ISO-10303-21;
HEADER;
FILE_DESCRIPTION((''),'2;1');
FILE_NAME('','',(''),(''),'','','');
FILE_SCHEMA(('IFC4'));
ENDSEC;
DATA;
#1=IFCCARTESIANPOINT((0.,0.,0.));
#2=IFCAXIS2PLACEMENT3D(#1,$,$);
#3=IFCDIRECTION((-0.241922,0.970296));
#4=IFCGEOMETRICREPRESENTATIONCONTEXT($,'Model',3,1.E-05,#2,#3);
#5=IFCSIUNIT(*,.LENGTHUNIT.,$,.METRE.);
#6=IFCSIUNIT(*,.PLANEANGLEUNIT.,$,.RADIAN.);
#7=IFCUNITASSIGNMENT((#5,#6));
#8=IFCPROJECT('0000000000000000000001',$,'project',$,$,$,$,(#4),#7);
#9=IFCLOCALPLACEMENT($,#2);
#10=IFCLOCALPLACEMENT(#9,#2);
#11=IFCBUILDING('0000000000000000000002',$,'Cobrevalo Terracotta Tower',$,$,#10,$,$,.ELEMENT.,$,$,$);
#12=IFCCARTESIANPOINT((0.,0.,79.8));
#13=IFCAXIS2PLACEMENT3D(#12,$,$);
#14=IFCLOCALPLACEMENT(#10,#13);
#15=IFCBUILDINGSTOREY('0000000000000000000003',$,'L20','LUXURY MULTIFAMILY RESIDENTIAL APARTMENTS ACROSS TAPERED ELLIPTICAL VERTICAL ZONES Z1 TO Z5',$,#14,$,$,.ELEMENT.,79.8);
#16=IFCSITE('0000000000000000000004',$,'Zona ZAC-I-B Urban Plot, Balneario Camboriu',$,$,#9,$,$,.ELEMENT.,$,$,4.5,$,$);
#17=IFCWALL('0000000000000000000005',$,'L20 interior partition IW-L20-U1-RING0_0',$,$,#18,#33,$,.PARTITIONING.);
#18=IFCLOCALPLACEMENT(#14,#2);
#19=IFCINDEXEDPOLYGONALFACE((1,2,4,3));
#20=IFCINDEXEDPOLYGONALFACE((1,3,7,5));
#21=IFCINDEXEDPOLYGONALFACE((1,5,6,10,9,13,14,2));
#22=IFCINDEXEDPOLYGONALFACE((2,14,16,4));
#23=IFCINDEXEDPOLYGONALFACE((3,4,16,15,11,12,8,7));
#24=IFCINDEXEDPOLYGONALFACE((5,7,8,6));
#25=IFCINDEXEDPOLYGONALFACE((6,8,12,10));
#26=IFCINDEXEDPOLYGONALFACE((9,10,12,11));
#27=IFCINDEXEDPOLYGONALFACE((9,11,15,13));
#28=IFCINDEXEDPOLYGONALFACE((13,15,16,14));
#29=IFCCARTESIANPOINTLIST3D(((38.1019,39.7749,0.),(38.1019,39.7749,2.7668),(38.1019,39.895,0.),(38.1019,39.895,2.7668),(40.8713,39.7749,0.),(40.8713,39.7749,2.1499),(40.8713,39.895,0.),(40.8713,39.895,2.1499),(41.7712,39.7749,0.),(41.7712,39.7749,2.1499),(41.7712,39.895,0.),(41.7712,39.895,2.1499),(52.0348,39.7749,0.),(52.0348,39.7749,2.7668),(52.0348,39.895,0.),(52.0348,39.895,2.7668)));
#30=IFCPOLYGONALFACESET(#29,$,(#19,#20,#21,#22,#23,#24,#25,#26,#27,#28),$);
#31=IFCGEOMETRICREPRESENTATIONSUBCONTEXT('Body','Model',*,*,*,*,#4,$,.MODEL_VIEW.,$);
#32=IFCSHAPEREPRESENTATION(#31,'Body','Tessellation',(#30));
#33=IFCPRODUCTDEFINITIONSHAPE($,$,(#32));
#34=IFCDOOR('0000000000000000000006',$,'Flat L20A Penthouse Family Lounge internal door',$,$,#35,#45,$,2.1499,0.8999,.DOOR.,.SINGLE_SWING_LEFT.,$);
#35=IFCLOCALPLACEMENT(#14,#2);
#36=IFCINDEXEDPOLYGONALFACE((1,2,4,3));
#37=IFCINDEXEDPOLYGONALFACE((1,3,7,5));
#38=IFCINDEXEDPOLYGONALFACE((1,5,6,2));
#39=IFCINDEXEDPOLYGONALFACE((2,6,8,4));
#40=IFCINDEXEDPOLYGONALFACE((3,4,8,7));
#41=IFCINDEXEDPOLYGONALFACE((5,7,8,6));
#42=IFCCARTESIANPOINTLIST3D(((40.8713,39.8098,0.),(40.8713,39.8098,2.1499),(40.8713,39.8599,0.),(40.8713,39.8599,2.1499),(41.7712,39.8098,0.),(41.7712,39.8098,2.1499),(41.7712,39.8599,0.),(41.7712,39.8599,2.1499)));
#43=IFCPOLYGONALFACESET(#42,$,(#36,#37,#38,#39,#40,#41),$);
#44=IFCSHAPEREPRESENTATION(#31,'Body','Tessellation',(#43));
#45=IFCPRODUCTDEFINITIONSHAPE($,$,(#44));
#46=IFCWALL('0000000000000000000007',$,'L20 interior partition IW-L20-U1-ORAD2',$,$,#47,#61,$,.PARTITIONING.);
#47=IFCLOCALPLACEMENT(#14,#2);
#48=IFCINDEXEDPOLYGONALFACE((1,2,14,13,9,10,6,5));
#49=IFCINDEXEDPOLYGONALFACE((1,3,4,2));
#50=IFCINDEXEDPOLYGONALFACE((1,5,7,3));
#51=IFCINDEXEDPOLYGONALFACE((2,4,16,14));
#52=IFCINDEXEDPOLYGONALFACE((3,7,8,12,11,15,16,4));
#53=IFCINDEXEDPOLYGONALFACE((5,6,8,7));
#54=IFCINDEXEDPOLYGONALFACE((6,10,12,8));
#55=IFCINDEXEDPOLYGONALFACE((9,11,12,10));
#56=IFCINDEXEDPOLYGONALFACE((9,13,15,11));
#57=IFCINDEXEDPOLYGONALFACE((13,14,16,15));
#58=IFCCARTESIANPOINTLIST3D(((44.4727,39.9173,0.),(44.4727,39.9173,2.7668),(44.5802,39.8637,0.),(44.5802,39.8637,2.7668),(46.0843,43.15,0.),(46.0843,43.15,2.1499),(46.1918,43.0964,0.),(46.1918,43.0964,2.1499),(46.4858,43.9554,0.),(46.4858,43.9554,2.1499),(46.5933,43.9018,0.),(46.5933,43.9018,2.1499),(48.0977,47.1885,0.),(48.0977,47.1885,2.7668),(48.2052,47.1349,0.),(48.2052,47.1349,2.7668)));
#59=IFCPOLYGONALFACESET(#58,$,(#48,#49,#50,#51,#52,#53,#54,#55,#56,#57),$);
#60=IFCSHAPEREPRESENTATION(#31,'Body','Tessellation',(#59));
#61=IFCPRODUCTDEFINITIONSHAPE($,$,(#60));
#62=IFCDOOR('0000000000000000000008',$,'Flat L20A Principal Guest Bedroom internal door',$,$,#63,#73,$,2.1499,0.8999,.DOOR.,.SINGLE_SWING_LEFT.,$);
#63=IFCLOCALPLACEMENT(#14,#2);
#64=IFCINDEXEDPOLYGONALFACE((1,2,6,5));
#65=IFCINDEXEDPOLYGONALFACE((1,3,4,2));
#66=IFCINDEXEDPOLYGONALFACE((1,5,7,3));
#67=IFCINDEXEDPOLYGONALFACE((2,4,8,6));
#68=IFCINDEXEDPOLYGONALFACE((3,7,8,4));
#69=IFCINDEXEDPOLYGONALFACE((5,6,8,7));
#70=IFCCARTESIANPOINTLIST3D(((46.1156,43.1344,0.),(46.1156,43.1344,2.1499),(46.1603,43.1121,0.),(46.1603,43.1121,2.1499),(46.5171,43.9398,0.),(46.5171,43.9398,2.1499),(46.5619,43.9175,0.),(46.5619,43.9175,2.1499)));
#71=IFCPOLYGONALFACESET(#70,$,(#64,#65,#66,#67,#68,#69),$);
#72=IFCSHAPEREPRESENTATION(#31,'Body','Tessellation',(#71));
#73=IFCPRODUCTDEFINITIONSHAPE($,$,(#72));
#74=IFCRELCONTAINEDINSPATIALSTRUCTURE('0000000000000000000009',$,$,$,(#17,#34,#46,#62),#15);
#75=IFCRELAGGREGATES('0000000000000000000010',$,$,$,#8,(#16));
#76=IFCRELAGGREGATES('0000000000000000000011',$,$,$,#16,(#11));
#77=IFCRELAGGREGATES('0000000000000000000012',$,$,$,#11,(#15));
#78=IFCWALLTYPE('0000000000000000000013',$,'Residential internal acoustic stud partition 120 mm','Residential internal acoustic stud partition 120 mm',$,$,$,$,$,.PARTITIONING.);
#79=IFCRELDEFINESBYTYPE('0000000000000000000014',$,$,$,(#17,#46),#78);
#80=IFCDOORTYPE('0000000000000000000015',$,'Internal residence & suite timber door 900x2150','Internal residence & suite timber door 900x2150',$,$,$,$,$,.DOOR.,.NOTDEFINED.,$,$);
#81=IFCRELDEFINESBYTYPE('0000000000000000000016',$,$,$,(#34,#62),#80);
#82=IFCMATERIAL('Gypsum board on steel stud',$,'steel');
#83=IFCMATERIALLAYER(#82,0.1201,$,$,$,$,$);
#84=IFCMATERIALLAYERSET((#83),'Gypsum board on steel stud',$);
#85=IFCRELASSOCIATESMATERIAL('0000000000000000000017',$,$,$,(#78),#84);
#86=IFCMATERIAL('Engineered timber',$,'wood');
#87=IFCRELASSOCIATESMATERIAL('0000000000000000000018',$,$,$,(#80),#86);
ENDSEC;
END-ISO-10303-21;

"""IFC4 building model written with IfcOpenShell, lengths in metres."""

from ifc_helpers import new_model, si_unit, direction, frame, frame_2d, origin, place, context, subcontext, project, spatial, rectangle, extrude, source, transform, mapped, material, layer, layer_set, type_object, element, fill, save


model = new_model("IFC4")

# Units and contexts
model_context = context("Model", 3, precision=1e-05, world=origin(), true_north=direction((-0.241922, 0.970296)))
body_context = subcontext(model_context, "Body", "Model", "MODEL_VIEW")
ifc_project = project(units=[si_unit("LENGTHUNIT", "METRE"), si_unit("PLANEANGLEUNIT", "RADIAN")], contexts=[model_context])

# Site, building, storey
site_placement = place(None, origin())
site = spatial("IfcSite", under=ifc_project, at=site_placement, Name="Zona ZAC-I-B Urban Plot, Balneario Camboriu", CompositionType="ELEMENT", RefElevation=4.5)
building_placement = place(site_placement, origin())
building = spatial("IfcBuilding", under=site, at=building_placement, Name="Cobrevalo Terracotta Tower", CompositionType="ELEMENT")
storey_placement = place(building_placement, frame((0.0, 0.0, 79.8)))
storey = spatial("IfcBuildingStorey", under=building, at=storey_placement, Name="L20", Description="LUXURY MULTIFAMILY RESIDENTIAL APARTMENTS ACROSS TAPERED ELLIPTICAL VERTICAL ZONES Z1 TO Z5", CompositionType="ELEMENT", Elevation=79.8)

# Shared definitions
ifc_material_1 = material(Name="Gypsum board on steel stud", Category="steel")

# Walls, openings, doors
ifc_layer_1 = layer(ifc_material_1, 0.1201)
ifc_layer_set_1 = layer_set([ifc_layer_1], Name="Gypsum board on steel stud")
wall_type_1 = type_object("IfcWallType", Name="Residential internal acoustic stud partition 120 mm", Description="Residential internal acoustic stud partition 120 mm", PredefinedType="PARTITIONING", material=ifc_layer_set_1)
wall_1_placement = place(storey_placement, frame((38.1021, 39.835, 0.0), z_axis=(0.0, 0.0, 1.0), x_axis=(1.0, 0.0, 0.0)))
wall_1 = element("IfcWall", 1, at=wall_1_placement, inside=storey, type_object=wall_type_1, Name="L20 interior partition IW-L20-U1-RING0_0", PredefinedType="PARTITIONING", context=body_context, shape_type="SweptSolid", body=[
    extrude(rectangle(XDim=13.9329, YDim=0.1201, at=frame_2d((6.9663, 0.0))), origin(), (0.0, 0.0, 1.0), 2.7668),
])
opening_1_placement = place(wall_1_placement, frame((2.7693, 0.0, 0.0)))
opening_1 = element("IfcOpeningElement", 2, at=opening_1_placement, cuts=wall_1, PredefinedType="OPENING", context=body_context, shape_type="SweptSolid", body=[
    extrude(rectangle(XDim=0.8999, YDim=2.1499, at=frame_2d((0.45, 1.075))), frame((0.0, 0.0701, 0.0), z_axis=(0.0, -1.0, 0.0), x_axis=(1.0, 0.0, 0.0)), (0.0, 0.0, 1.0), 0.1401),
])
ifc_material_2 = material(Name="Engineered timber", Category="wood")
door_type = type_object("IfcDoorType", Name="Internal residence & suite timber door 900x2150", Description="Internal residence & suite timber door 900x2150", OperationType="NOTDEFINED", PredefinedType="DOOR", material=ifc_material_2)
shared_shape_1 = source(origin(), body_context, "Body", "SweptSolid", [
    extrude(rectangle(XDim=0.8999, YDim=2.1499, at=frame_2d((0.45, 1.075))), frame((0.0, 0.0249, 0.0), z_axis=(0.0, -1.0, 0.0), x_axis=(1.0, 0.0, 0.0)), (0.0, 0.0, 1.0), 0.05),
])
door_1_placement = place(opening_1_placement, origin())
door_1 = element("IfcDoor", 3, at=door_1_placement, inside=storey, type_object=door_type, Name="Flat L20A Penthouse Family Lounge internal door", OperationType="SINGLE_SWING_LEFT", OverallHeight=2.1499, OverallWidth=0.8999, PredefinedType="DOOR", context=body_context, shape_type="MappedRepresentation", body=[
    mapped(shared_shape_1, transform((0.0, 0.0, 0.0), scale=1.0)),
])
fill(opening_1, door_1)
wall_2_placement = place(storey_placement, frame((44.5264, 39.8904, 0.0), z_axis=(0.0, 0.0, 1.0), x_axis=(0.446168, 0.894949, 0.0)))
wall_2 = element("IfcWall", 4, at=wall_2_placement, inside=storey, type_object=wall_type_1, Name="L20 interior partition IW-L20-U1-ORAD2", PredefinedType="PARTITIONING", context=body_context, shape_type="SweptSolid", body=[
    extrude(rectangle(XDim=8.1248, YDim=0.1201, at=frame_2d((4.0625, 0.0))), origin(), (0.0, 0.0, 1.0), 2.7668),
])
opening_2_placement = place(wall_2_placement, frame((3.6123, 0.0, 0.0)))
opening_2 = element("IfcOpeningElement", 5, at=opening_2_placement, cuts=wall_2, PredefinedType="OPENING", context=body_context, shape_type="SweptSolid", body=[
    extrude(rectangle(XDim=0.8999, YDim=2.1499, at=frame_2d((0.45, 1.075))), frame((0.0, 0.0701, 0.0), z_axis=(0.0, -1.0, 0.0), x_axis=(1.0, 0.0, 0.0)), (0.0, 0.0, 1.0), 0.1401),
])
door_2_placement = place(opening_2_placement, frame((0.8999, 0.0, 0.0), z_axis=(0.0, 0.0, 1.0), x_axis=(-1.0, 0.0, 0.0)))
door_2 = element("IfcDoor", 6, at=door_2_placement, inside=storey, type_object=door_type, Name="Flat L20A Principal Guest Bedroom internal door", OperationType="SINGLE_SWING_LEFT", OverallHeight=2.1499, OverallWidth=0.8999, PredefinedType="DOOR", context=body_context, shape_type="MappedRepresentation", body=[
    mapped(shared_shape_1, transform((0.0, 0.0, 0.0), scale=1.0)),
])
fill(opening_2, door_2)

save(model, "model.ifc")
